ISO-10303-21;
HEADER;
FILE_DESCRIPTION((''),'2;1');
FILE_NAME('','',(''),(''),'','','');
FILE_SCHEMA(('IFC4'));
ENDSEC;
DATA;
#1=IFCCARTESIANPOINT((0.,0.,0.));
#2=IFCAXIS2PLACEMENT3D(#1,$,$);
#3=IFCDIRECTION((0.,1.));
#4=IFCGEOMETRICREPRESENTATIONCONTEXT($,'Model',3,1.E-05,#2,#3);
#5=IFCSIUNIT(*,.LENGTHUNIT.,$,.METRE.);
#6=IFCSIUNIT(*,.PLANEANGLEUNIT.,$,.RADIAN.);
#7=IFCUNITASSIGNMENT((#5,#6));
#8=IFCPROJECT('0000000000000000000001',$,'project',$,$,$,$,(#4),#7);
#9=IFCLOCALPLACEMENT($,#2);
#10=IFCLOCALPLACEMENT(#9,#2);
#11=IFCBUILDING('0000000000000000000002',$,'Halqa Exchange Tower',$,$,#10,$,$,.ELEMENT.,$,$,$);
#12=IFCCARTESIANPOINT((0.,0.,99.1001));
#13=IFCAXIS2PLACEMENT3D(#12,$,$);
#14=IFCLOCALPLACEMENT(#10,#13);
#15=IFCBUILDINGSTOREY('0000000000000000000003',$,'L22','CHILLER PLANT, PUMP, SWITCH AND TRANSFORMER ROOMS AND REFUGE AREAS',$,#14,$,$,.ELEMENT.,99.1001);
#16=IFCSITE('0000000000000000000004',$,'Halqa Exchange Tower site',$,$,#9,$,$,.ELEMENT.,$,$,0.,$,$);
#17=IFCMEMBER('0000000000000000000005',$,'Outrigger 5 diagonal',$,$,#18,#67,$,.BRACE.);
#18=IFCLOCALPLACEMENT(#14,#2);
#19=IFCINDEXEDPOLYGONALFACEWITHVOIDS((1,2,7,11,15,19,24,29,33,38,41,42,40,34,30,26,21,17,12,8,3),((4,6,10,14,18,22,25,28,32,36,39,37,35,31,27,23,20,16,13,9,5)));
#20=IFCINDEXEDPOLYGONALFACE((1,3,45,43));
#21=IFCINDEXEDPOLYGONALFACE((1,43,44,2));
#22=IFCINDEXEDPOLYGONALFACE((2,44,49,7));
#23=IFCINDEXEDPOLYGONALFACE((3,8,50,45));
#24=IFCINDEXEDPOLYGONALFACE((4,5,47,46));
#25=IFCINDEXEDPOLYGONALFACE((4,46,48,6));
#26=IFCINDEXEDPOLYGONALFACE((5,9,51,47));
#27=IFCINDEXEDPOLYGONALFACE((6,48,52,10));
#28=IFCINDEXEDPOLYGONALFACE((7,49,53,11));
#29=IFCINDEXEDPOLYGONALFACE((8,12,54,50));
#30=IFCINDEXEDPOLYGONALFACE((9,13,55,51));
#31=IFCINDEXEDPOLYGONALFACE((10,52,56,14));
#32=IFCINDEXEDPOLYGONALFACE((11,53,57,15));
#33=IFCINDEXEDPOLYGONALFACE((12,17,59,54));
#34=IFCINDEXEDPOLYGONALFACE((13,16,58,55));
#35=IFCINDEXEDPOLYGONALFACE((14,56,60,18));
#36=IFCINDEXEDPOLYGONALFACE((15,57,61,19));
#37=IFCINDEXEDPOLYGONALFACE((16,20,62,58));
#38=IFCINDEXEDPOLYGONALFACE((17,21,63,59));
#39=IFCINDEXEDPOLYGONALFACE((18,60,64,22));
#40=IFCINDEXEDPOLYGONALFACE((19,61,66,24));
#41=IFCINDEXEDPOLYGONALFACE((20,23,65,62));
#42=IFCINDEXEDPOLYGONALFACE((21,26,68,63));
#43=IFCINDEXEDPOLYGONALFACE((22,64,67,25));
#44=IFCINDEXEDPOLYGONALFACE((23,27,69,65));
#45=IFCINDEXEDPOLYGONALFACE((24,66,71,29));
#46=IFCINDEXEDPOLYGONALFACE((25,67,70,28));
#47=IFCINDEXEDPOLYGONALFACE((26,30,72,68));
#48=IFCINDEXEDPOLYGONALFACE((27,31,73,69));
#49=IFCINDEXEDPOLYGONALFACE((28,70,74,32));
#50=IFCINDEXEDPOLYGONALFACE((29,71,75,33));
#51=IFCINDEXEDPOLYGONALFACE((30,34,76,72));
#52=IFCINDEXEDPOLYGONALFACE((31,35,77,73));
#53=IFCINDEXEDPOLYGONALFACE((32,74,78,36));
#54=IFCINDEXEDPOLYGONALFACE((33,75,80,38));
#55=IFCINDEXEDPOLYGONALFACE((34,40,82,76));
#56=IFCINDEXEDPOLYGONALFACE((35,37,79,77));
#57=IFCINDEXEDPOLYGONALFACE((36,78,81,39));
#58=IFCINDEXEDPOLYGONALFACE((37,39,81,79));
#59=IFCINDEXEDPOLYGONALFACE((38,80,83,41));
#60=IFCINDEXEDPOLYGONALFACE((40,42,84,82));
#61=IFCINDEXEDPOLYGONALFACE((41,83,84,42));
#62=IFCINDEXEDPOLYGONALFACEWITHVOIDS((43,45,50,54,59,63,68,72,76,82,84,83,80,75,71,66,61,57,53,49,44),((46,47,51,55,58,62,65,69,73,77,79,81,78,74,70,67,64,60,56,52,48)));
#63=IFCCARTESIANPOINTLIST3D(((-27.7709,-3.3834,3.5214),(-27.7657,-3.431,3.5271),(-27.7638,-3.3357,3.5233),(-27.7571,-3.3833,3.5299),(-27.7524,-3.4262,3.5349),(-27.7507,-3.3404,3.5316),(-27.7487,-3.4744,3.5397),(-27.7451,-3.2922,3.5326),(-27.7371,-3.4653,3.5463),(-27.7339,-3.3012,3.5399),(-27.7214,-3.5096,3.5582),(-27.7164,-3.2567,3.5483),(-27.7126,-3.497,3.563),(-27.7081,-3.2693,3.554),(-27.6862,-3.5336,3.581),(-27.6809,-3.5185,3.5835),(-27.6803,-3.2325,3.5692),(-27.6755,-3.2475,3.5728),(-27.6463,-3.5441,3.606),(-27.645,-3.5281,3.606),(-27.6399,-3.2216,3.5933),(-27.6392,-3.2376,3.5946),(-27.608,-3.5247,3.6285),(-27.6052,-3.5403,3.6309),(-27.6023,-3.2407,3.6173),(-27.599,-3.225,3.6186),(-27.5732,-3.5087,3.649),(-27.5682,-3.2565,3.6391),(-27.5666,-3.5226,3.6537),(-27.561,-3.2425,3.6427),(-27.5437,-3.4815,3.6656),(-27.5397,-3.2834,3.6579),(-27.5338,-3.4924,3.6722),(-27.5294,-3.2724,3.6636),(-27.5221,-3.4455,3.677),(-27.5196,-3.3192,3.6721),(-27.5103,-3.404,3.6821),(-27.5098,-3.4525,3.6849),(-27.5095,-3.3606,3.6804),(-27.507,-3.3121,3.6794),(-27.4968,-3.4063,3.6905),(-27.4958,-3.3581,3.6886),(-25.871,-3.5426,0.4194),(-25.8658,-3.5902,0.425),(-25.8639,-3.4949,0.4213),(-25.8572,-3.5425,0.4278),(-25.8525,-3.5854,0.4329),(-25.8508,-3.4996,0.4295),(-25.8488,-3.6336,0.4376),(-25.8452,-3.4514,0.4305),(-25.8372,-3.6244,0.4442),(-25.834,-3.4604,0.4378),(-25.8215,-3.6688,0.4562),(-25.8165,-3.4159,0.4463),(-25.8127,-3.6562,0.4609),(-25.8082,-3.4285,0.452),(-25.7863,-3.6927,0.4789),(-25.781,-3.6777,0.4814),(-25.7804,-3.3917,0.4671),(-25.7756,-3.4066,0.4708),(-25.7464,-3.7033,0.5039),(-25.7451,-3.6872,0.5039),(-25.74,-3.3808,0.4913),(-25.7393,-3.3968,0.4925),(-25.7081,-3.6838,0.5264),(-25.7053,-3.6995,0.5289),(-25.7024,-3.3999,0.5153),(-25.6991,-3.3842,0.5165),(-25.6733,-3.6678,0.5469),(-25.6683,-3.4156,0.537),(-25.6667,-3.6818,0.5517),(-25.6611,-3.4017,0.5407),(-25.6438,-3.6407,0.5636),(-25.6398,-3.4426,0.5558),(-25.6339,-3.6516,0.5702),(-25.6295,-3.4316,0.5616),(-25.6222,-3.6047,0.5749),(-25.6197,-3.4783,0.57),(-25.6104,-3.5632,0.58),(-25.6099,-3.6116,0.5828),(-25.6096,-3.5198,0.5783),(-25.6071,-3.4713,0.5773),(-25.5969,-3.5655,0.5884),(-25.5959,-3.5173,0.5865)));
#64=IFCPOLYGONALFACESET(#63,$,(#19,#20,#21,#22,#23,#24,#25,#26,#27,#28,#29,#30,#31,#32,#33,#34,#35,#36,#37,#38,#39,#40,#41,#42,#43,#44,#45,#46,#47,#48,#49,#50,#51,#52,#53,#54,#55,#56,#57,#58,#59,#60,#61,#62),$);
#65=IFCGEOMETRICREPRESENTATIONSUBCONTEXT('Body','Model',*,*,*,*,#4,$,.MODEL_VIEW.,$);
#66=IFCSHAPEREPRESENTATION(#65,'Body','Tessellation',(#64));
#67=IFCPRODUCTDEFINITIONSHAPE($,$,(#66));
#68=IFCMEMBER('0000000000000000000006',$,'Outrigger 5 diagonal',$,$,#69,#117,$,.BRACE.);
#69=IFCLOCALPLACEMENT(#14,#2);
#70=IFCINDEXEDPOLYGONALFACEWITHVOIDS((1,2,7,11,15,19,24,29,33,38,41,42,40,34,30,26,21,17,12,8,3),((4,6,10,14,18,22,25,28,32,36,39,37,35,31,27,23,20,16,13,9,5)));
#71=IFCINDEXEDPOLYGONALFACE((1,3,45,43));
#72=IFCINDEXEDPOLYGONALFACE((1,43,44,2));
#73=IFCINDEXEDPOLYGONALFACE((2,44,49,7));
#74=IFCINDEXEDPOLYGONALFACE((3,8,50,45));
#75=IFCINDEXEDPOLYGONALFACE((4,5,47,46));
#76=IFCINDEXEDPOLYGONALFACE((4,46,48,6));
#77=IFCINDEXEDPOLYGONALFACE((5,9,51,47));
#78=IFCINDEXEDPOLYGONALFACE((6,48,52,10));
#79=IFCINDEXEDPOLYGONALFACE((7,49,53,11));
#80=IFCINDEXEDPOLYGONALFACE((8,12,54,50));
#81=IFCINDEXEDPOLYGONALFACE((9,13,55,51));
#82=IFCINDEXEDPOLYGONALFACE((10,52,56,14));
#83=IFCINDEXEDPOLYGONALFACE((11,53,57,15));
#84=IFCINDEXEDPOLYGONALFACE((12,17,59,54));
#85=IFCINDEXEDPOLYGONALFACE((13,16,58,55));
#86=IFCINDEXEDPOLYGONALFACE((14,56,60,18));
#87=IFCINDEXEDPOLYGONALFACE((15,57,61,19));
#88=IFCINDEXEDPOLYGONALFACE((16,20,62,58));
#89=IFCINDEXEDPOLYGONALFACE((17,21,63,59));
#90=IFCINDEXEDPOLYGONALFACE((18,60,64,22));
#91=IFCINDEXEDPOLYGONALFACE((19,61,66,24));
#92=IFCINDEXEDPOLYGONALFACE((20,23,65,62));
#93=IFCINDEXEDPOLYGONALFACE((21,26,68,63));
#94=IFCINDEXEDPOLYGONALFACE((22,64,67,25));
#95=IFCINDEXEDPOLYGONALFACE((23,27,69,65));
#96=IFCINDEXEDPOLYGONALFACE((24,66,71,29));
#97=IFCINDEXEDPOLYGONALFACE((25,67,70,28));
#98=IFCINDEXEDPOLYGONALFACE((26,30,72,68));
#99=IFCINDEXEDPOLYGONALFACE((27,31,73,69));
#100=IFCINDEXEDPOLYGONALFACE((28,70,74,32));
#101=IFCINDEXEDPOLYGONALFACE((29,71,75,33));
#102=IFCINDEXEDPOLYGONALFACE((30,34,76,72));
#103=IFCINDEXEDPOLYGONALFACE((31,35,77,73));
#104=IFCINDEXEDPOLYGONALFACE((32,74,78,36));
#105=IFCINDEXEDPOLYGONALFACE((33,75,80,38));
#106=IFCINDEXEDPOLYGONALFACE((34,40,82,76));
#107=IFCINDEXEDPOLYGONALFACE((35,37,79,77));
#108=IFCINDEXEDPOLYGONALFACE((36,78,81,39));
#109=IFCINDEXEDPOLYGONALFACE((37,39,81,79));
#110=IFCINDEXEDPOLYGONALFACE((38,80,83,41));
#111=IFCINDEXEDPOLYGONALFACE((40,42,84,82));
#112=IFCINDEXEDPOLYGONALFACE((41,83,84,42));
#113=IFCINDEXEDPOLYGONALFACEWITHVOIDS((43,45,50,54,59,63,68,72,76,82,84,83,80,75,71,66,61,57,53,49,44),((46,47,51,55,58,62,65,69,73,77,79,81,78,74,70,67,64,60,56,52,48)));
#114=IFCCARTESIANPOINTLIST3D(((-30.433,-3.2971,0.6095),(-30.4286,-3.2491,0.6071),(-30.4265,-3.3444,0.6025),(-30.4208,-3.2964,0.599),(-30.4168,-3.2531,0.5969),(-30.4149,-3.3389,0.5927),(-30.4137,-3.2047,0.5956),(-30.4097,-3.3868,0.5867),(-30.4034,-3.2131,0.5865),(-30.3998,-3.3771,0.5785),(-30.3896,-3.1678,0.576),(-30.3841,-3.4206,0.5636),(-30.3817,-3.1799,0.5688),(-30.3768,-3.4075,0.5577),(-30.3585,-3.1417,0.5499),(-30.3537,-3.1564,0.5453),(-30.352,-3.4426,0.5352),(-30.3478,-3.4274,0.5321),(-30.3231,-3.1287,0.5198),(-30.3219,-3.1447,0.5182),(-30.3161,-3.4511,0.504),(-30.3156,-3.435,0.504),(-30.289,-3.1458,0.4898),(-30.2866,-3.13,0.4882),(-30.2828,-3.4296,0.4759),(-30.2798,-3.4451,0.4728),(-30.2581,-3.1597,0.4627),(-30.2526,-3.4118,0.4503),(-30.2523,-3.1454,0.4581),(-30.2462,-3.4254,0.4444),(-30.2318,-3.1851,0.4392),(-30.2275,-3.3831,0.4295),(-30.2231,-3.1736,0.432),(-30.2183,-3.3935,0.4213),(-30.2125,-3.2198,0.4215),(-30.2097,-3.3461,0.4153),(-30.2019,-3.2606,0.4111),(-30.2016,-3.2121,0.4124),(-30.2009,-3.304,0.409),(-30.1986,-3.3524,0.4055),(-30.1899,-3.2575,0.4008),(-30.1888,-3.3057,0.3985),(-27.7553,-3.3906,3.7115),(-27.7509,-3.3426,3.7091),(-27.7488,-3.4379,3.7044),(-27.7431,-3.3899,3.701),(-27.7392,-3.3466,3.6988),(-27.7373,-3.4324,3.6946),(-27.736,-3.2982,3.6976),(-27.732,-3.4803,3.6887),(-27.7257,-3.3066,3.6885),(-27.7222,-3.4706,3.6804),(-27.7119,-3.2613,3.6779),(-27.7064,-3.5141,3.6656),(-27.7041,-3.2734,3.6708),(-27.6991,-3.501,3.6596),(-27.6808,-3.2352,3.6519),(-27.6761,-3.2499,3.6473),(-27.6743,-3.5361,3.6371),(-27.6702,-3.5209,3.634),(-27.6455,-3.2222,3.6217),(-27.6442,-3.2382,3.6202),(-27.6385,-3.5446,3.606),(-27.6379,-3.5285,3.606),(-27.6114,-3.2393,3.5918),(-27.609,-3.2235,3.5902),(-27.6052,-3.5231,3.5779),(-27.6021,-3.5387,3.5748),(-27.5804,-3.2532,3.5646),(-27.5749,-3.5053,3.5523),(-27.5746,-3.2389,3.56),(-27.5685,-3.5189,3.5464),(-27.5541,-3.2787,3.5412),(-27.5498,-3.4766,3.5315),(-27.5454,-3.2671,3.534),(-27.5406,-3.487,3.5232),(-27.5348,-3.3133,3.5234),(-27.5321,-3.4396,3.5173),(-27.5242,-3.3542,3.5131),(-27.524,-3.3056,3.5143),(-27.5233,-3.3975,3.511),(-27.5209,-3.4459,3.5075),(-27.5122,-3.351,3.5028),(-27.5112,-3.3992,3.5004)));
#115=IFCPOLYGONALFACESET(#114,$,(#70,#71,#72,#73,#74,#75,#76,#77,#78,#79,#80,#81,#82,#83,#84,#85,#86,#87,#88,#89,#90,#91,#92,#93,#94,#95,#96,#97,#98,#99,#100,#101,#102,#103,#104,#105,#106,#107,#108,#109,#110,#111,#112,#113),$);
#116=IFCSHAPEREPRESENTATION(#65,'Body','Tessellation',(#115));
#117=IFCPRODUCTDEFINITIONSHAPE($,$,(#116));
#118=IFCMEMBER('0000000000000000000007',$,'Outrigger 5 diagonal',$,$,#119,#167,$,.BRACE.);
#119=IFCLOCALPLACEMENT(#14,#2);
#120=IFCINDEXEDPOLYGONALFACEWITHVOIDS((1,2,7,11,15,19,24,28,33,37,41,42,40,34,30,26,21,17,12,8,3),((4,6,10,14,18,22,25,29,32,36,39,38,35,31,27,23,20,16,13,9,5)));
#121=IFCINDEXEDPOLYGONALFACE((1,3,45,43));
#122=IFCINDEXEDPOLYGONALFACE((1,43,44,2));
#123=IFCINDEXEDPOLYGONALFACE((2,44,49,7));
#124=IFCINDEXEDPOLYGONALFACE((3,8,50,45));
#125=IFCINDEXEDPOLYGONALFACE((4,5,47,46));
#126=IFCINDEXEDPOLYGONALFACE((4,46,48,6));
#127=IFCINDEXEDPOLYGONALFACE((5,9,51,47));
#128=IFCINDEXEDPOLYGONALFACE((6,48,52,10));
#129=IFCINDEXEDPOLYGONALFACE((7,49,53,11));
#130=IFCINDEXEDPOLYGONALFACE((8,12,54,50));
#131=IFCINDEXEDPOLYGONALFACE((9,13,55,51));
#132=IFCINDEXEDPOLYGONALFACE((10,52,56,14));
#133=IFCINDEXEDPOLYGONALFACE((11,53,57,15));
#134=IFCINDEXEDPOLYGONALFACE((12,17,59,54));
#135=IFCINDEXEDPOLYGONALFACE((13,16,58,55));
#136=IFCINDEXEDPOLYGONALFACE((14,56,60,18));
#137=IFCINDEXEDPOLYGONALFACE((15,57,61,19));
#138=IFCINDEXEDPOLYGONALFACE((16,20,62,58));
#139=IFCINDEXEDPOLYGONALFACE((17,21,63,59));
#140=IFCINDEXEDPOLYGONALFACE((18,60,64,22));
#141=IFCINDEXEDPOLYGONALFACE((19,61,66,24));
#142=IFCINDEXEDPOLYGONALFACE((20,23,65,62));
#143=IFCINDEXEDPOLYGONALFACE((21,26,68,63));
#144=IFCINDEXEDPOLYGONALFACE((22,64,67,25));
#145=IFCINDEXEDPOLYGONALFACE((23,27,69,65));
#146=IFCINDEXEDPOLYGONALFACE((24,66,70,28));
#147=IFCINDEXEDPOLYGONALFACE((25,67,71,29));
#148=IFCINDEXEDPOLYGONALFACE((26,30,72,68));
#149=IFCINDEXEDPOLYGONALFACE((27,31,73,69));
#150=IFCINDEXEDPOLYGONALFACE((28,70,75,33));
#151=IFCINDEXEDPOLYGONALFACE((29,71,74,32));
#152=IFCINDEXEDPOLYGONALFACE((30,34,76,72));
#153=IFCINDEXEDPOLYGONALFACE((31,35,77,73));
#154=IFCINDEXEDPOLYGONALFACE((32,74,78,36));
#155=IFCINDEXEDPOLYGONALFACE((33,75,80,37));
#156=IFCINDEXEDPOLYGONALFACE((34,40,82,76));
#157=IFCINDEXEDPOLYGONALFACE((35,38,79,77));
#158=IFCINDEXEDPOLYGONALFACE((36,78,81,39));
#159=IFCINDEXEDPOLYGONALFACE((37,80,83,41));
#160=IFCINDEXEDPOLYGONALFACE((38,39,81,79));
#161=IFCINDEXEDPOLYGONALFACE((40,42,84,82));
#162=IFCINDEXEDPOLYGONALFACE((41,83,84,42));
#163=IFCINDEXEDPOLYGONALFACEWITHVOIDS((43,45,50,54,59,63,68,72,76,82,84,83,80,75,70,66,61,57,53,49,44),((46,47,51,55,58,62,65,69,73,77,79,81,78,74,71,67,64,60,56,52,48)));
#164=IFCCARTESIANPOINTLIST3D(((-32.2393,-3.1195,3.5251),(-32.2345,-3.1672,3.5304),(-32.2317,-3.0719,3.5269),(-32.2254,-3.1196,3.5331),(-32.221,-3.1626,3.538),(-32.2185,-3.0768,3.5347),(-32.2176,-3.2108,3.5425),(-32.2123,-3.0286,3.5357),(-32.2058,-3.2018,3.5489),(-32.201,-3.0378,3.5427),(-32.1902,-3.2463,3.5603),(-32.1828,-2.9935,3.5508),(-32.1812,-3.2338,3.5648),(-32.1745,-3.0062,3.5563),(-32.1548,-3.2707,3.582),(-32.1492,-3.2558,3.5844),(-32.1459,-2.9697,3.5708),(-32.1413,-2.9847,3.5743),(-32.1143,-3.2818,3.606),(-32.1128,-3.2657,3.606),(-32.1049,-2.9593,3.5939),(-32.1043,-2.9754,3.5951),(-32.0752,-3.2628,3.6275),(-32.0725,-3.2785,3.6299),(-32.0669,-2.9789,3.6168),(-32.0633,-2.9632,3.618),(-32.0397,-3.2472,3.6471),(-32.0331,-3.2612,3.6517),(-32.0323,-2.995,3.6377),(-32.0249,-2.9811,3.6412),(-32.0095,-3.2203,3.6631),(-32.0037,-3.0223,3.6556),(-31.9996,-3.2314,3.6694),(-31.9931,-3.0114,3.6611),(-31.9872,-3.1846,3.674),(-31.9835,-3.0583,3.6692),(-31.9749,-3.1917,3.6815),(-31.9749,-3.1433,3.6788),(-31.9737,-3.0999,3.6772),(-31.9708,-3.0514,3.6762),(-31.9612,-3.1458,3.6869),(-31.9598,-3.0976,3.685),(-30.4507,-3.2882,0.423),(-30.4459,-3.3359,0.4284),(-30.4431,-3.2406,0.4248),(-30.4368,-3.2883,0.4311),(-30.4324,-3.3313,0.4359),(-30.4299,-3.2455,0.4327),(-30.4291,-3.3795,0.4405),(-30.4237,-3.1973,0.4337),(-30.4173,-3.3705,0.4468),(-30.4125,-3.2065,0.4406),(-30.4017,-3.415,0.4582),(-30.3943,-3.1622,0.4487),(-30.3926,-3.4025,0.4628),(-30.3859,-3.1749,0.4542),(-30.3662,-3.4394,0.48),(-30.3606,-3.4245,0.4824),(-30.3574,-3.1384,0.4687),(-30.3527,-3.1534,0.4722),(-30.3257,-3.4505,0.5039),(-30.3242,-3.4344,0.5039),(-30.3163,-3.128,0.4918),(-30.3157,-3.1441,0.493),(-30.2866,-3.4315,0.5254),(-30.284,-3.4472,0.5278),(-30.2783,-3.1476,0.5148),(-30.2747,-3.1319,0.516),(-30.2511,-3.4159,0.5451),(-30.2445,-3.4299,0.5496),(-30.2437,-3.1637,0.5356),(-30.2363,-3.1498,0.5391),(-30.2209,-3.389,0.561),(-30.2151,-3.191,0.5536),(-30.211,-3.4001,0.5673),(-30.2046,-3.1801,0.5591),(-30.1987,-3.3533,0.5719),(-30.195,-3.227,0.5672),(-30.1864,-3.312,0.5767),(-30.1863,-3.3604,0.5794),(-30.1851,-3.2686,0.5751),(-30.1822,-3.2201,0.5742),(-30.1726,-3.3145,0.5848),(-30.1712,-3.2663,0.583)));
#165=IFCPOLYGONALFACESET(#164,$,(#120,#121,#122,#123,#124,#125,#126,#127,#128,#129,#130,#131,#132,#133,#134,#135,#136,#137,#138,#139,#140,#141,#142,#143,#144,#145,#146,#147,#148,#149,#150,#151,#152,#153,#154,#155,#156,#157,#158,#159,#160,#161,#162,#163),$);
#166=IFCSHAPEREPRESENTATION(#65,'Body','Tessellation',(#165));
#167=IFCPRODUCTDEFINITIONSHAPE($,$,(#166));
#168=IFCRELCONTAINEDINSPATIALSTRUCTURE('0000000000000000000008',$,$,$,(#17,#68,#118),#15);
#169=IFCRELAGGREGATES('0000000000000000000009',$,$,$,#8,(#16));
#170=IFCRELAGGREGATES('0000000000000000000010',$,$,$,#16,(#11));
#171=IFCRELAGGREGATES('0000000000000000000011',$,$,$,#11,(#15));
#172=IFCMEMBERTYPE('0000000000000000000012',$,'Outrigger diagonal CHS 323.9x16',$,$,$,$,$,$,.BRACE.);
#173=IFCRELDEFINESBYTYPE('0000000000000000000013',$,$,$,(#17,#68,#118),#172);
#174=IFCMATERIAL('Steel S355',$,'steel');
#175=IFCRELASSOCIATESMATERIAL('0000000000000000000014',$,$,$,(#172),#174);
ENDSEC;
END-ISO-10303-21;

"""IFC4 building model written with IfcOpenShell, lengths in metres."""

from ifc_helpers import new_model, si_unit, direction, frame, origin, origin_2d, place, context, subcontext, project, spatial, hollow_circle, extrude, material, material_profile, profile_set, type_object, element, save


model = new_model("IFC4")

# Units and contexts
model_context = context("Model", 3, precision=1e-05, world=origin(), true_north=direction((0.0, 1.0)))
body_context = subcontext(model_context, "Body", "Model", "MODEL_VIEW")
ifc_project = project(units=[si_unit("LENGTHUNIT", "METRE"), si_unit("PLANEANGLEUNIT", "RADIAN")], contexts=[model_context])

# Site, building, storey
site_placement = place(None, origin())
site = spatial("IfcSite", under=ifc_project, at=site_placement, Name="Halqa Exchange Tower site", CompositionType="ELEMENT", RefElevation=0.0)
building_placement = place(site_placement, origin())
building = spatial("IfcBuilding", under=site, at=building_placement, Name="Halqa Exchange Tower", CompositionType="ELEMENT")
storey_placement = place(building_placement, frame((0.0, 0.0, 99.1001)))
storey = spatial("IfcBuildingStorey", under=building, at=storey_placement, Name="L22", Description="CHILLER PLANT, PUMP, SWITCH AND TRANSFORMER ROOMS AND REFUGE AREAS", CompositionType="ELEMENT", Elevation=99.1001)

# Members
ifc_material_1 = material(Name="Steel S355", Category="steel")
ifc_material_profile_1 = material_profile(ifc_material_1, hollow_circle(Radius=0.1619, WallThickness=0.0161, at=origin_2d()), Name="CHS 323.9x16")
ifc_profile_set_1 = profile_set([ifc_material_profile_1], Name="Steel S355")
member_type_1 = type_object("IfcMemberType", Name="Outrigger diagonal CHS 323.9x16", PredefinedType="BRACE", material=ifc_profile_set_1)
member_1_placement = place(storey_placement, frame((-25.7329, -3.542, 0.5039), z_axis=(-0.521792, 0.043717, 0.851952), x_axis=(-0.083491, -0.996509, 0.0)))
element("IfcMember", 1, at=member_1_placement, inside=storey, type_object=member_type_1, Name="Outrigger 5 diagonal", PredefinedType="BRACE", context=body_context, shape_type="SweptSolid", body=[
    extrude(hollow_circle(Radius=0.1619, WallThickness=0.0161, at=origin_2d()), origin(), (0.0, 0.0, 1.0), 3.6411),
])
member_2_placement = place(storey_placement, frame((-27.6328, -3.3828, 3.606), z_axis=(-0.653267, 0.022812, -0.756784), x_axis=(-0.034898, -0.999391, 0.0)))
element("IfcMember", 2, at=member_2_placement, inside=storey, type_object=member_type_1, Name="Outrigger 5 diagonal", PredefinedType="BRACE", context=body_context, shape_type="SweptSolid", body=[
    extrude(hollow_circle(Radius=0.1619, WallThickness=0.0161, at=origin_2d()), origin(), (0.0, 0.0, 1.0), 4.0989),
])
member_3_placement = place(storey_placement, frame((-30.3105, -3.2893, 0.5039), z_axis=(-0.498945, 0.047061, 0.865355), x_axis=(-0.093905, -0.995581, 0.0)))
element("IfcMember", 3, at=member_3_placement, inside=storey, type_object=member_type_1, Name="Outrigger 5 diagonal", PredefinedType="BRACE", context=body_context, shape_type="SweptSolid", body=[
    extrude(hollow_circle(Radius=0.1619, WallThickness=0.0161, at=origin_2d()), origin(), (0.0, 0.0, 1.0), 3.5847),
])

save(model, "model.ifc")
